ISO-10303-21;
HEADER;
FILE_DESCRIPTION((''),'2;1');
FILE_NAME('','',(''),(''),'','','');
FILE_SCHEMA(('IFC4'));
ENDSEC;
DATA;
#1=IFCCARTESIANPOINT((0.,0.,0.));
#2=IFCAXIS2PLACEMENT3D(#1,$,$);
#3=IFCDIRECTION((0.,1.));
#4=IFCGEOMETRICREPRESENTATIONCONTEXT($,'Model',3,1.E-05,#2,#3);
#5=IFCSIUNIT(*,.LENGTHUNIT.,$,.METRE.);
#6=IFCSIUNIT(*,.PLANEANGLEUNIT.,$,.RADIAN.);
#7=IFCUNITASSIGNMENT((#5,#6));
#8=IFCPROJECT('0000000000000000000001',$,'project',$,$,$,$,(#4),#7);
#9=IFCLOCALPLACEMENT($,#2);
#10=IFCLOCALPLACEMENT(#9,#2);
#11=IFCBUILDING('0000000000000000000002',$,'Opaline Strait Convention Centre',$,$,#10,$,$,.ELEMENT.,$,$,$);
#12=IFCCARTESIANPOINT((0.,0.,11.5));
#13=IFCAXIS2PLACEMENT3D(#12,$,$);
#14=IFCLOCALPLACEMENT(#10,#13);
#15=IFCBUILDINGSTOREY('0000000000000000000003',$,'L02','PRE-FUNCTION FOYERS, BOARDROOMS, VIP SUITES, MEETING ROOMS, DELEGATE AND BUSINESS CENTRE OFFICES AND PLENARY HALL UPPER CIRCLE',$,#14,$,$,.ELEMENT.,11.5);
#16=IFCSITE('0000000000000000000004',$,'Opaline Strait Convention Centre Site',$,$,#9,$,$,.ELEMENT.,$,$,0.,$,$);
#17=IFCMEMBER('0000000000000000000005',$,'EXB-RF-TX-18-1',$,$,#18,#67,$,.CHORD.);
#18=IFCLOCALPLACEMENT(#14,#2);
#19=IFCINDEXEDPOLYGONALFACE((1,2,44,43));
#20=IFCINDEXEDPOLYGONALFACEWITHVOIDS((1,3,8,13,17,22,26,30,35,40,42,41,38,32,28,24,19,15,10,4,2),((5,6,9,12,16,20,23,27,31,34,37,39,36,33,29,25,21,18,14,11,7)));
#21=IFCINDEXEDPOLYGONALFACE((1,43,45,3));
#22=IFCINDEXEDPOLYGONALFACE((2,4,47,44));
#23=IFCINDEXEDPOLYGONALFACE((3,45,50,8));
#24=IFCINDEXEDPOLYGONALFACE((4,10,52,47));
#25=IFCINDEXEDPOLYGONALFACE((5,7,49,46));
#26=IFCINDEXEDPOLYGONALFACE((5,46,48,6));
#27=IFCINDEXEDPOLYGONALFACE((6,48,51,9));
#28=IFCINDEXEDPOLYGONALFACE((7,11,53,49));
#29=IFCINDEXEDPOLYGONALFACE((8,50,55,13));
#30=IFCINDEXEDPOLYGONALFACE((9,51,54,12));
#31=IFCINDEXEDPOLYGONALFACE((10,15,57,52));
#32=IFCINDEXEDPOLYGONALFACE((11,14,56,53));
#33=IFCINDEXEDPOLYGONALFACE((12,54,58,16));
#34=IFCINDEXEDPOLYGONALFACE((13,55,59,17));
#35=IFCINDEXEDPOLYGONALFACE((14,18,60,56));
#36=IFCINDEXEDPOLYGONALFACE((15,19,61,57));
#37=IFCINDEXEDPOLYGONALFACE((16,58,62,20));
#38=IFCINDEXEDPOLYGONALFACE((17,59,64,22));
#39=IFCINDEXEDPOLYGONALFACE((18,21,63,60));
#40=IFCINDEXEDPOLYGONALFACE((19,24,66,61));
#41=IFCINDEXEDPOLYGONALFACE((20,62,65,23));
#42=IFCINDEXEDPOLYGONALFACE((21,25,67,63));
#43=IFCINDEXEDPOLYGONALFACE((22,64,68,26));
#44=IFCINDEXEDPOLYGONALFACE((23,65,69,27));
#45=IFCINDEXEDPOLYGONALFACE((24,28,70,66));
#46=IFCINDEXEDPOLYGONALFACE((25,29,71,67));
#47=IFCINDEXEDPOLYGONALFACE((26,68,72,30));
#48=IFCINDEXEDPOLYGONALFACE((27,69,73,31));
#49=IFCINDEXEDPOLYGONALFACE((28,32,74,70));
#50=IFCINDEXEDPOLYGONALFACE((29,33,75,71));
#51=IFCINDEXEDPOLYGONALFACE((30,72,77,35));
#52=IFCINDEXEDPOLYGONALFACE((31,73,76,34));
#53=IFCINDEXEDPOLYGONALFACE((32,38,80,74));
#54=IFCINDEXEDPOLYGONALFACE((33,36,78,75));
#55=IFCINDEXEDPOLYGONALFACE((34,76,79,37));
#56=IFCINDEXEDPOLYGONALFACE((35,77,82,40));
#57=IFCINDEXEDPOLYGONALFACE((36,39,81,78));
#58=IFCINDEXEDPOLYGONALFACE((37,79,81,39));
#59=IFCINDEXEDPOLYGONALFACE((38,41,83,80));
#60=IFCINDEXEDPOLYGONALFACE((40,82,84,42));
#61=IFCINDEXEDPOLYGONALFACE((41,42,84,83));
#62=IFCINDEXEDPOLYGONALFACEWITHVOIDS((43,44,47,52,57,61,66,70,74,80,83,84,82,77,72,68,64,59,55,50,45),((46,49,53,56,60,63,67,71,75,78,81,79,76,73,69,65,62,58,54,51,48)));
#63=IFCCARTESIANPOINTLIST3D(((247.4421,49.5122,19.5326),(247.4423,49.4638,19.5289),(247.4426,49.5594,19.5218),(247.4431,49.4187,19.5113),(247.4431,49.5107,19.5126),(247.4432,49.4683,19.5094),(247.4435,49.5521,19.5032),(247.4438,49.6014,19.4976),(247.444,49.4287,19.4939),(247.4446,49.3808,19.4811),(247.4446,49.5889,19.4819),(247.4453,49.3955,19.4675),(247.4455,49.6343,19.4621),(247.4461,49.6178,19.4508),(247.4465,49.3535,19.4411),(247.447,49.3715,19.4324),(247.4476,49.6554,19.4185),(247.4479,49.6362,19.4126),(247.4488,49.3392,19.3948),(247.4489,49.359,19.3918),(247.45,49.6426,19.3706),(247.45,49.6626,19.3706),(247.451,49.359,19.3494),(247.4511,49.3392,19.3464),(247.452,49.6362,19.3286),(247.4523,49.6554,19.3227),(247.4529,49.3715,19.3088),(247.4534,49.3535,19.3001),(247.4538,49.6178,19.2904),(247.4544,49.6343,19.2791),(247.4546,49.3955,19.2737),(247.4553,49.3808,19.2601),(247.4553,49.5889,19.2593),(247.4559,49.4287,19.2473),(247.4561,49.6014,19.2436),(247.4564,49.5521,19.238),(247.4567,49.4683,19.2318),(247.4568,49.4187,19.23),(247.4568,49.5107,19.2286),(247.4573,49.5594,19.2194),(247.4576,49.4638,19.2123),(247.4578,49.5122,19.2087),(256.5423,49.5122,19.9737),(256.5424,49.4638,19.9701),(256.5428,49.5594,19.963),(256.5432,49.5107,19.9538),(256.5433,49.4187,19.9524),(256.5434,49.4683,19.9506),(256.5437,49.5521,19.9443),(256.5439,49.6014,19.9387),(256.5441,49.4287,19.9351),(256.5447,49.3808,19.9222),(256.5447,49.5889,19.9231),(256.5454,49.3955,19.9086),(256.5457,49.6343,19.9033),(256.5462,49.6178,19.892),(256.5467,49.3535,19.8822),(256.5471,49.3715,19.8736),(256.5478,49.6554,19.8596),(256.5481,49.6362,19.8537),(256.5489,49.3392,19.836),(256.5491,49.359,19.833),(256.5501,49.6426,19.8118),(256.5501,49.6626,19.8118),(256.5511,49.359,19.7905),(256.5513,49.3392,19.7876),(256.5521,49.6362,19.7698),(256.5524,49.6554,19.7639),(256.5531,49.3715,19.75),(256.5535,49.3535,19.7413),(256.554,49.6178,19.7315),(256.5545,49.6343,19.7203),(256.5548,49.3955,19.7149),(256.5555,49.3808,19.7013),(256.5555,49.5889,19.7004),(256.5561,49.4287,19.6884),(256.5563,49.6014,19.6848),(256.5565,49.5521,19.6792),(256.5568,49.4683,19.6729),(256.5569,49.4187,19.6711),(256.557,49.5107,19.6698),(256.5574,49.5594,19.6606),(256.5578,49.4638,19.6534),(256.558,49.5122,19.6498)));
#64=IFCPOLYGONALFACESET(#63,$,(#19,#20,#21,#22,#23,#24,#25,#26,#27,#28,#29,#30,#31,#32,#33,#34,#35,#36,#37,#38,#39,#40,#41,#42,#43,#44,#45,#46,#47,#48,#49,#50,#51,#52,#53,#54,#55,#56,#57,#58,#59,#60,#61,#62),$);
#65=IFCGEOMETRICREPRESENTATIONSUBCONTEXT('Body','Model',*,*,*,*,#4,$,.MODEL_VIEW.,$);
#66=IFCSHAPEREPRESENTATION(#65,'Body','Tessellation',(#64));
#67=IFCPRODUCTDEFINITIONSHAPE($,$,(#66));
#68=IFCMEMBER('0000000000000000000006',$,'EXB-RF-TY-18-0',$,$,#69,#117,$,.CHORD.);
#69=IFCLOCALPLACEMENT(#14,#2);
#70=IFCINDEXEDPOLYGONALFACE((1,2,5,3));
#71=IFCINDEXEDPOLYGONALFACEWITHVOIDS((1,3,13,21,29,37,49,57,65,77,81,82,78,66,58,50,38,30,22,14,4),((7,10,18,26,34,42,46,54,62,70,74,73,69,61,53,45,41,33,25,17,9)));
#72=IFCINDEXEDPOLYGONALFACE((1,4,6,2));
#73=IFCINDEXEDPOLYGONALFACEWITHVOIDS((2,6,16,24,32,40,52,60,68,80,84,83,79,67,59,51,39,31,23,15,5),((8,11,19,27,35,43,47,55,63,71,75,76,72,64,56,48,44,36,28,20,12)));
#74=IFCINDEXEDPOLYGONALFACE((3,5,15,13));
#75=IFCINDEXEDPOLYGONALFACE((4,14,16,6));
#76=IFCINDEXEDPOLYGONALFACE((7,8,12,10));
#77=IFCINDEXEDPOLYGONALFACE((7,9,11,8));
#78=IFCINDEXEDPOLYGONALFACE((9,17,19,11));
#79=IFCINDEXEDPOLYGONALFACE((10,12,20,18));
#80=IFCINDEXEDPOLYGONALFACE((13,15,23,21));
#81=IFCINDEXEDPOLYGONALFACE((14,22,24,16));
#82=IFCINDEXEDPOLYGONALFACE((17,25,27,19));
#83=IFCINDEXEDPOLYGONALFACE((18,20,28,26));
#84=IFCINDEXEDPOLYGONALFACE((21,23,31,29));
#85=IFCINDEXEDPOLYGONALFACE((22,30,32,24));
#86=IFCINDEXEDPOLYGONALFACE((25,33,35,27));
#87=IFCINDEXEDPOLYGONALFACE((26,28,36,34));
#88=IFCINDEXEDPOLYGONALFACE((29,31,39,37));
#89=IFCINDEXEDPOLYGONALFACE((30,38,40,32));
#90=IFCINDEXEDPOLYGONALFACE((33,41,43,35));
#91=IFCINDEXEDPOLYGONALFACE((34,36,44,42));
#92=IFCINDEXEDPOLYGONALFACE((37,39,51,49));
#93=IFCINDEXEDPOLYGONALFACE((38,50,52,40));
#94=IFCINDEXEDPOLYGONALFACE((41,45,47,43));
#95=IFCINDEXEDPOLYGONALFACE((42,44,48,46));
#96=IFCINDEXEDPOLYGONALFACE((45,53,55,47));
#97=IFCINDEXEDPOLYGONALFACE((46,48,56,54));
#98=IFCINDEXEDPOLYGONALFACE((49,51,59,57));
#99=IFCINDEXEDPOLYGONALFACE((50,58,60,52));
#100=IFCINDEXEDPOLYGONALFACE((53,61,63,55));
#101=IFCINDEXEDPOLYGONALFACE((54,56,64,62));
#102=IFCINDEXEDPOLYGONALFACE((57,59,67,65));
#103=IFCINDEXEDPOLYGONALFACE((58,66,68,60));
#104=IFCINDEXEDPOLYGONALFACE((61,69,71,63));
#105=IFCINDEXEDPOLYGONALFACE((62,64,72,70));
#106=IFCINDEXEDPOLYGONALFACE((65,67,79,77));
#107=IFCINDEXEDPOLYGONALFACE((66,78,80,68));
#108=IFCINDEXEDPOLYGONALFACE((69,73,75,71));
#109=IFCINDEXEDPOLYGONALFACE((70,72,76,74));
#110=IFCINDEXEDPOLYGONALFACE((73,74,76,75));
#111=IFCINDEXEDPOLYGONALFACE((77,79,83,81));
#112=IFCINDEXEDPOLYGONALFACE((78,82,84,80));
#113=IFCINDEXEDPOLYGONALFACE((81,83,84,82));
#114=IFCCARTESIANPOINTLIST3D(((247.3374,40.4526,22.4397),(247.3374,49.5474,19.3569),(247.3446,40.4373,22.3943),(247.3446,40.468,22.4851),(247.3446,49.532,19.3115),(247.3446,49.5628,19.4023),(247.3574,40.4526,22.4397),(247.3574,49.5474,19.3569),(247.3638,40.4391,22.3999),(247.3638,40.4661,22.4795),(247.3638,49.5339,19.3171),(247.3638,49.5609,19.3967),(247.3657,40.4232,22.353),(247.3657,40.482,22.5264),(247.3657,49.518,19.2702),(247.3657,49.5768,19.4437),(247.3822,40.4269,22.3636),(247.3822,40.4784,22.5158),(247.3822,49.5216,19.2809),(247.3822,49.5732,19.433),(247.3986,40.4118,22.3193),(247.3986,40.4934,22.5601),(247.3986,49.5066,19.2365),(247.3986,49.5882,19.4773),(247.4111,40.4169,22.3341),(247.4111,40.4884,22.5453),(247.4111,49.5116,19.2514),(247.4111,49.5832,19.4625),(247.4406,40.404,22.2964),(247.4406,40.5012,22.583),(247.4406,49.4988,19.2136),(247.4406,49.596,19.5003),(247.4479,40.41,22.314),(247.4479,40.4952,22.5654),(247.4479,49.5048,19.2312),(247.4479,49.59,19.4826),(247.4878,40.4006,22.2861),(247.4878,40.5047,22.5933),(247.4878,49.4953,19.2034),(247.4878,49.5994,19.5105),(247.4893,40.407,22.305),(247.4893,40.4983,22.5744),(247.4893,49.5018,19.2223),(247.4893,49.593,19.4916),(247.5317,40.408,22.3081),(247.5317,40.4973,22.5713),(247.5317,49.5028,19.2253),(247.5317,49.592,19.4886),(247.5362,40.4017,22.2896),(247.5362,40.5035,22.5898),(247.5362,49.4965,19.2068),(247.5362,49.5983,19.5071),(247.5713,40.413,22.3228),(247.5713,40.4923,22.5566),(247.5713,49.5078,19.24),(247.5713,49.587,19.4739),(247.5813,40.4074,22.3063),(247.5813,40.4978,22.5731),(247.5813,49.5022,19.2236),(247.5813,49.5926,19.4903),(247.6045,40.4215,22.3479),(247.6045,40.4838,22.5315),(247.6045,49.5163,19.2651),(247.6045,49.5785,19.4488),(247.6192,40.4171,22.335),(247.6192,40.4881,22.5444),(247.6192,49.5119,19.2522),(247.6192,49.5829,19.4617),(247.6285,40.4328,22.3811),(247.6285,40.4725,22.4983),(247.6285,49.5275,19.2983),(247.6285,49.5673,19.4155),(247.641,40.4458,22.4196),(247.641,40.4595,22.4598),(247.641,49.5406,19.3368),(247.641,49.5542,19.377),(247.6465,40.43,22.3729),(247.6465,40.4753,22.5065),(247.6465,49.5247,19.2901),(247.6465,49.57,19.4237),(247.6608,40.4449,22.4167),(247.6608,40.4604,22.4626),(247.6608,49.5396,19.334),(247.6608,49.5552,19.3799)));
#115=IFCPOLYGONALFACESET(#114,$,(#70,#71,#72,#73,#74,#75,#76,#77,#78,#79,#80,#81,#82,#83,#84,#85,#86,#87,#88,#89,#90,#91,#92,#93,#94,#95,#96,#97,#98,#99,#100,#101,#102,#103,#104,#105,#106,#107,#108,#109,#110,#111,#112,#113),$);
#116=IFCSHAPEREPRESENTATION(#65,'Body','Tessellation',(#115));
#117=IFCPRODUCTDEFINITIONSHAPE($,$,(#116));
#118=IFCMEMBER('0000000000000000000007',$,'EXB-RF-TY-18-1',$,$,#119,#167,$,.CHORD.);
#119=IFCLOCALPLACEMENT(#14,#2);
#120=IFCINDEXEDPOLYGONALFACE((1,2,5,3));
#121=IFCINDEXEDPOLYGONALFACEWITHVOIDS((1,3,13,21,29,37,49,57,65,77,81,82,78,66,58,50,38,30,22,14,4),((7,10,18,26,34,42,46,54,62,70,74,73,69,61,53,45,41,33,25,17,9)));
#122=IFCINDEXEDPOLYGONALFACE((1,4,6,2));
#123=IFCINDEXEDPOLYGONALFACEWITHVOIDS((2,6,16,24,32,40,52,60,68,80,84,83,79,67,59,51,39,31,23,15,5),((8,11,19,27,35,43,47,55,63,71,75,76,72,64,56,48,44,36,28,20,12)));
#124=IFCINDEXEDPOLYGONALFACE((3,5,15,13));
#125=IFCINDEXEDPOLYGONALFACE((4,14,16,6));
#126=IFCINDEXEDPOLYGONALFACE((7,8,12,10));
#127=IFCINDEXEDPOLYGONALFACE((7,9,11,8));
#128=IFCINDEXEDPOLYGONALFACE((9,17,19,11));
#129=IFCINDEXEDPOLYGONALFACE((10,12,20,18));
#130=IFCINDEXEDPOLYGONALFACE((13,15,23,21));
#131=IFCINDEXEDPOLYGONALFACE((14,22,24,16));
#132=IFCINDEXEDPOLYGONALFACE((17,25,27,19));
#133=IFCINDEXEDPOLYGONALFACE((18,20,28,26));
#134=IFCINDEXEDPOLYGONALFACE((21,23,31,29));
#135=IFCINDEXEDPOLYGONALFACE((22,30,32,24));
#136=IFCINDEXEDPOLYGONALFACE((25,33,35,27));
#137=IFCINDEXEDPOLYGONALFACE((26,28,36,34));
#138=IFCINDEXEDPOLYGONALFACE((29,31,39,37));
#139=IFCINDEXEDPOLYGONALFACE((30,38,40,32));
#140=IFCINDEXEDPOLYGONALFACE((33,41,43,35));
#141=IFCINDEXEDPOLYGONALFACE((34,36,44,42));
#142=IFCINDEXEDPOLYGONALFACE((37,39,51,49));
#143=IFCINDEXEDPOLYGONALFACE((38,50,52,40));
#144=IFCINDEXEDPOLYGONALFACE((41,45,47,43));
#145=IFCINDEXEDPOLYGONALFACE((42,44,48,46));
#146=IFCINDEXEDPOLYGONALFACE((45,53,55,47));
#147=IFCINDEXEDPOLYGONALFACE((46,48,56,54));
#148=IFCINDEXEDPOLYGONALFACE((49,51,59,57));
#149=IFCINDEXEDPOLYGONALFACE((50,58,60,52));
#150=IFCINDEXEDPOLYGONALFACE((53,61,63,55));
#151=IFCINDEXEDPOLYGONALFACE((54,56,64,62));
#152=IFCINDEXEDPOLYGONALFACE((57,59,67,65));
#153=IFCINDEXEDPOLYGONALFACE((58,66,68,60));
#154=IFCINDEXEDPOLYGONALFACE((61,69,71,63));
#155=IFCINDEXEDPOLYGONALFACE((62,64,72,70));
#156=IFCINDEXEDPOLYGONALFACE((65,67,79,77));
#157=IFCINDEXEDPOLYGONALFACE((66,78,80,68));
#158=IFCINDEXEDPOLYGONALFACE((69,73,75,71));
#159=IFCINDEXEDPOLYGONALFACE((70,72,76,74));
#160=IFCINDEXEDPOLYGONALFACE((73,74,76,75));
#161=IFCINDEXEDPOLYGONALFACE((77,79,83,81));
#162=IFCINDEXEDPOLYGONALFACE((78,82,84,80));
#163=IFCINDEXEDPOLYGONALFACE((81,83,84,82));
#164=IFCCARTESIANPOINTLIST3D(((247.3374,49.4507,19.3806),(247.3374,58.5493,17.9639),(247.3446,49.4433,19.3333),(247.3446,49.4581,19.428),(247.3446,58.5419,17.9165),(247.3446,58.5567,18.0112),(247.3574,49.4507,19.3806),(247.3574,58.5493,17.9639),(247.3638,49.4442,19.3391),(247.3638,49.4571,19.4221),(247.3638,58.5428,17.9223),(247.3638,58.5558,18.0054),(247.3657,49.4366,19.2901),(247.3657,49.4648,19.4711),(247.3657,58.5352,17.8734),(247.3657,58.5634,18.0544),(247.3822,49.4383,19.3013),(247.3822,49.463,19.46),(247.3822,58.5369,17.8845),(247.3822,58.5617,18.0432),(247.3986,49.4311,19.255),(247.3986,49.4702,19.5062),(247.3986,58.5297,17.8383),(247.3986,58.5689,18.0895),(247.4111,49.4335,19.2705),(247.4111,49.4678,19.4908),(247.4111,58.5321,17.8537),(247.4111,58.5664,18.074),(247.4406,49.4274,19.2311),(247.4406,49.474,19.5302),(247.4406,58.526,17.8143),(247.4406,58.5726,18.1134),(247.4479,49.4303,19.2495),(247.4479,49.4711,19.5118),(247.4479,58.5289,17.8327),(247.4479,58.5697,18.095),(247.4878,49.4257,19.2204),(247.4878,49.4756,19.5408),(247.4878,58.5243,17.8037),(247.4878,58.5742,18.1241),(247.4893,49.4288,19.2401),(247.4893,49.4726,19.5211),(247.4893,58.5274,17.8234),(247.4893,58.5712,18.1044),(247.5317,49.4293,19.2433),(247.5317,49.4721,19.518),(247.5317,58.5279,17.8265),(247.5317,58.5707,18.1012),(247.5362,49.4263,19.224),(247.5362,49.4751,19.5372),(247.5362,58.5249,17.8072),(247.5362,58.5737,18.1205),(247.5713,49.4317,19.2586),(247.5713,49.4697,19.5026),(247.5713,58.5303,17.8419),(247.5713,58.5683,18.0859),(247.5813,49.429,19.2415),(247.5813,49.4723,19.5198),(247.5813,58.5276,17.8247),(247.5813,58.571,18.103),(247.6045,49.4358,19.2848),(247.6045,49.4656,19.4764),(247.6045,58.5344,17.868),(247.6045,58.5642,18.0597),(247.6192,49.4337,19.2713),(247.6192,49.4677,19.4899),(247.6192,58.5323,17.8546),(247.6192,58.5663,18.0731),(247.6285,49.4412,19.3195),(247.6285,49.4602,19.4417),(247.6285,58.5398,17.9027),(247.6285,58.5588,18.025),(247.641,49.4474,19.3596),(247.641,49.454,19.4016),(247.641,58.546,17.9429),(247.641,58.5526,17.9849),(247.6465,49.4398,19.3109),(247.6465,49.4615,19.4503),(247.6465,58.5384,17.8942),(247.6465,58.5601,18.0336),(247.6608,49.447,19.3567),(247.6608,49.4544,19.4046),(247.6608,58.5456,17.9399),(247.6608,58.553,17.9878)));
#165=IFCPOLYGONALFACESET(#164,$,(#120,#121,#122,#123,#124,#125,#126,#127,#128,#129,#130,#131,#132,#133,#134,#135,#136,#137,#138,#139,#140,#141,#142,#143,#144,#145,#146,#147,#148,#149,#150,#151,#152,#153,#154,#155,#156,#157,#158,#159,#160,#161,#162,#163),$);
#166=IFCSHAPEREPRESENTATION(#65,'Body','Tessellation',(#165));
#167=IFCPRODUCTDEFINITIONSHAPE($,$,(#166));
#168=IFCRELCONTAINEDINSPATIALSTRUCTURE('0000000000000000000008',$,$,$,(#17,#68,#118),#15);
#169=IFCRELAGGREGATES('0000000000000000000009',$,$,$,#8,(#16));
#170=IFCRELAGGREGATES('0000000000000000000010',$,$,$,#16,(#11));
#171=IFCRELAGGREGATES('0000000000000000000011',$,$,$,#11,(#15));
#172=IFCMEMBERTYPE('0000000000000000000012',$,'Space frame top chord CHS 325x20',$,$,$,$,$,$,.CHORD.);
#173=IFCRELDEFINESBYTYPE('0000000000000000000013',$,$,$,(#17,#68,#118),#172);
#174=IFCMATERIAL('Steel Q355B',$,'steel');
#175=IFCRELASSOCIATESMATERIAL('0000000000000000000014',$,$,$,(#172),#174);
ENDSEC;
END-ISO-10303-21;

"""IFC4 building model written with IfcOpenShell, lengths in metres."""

from ifc_helpers import new_model, si_unit, direction, frame, origin, origin_2d, place, context, subcontext, project, spatial, hollow_circle, extrude, material, material_profile, profile_set, type_object, element, save


model = new_model("IFC4")

# Units and contexts
model_context = context("Model", 3, precision=1e-05, world=origin(), true_north=direction((0.0, 1.0)))
body_context = subcontext(model_context, "Body", "Model", "MODEL_VIEW")
ifc_project = project(units=[si_unit("LENGTHUNIT", "METRE"), si_unit("PLANEANGLEUNIT", "RADIAN")], contexts=[model_context])

# Site, building, storey
site_placement = place(None, origin())
site = spatial("IfcSite", under=ifc_project, at=site_placement, Name="Opaline Strait Convention Centre Site", CompositionType="ELEMENT", RefElevation=0.0)
building_placement = place(site_placement, origin())
building = spatial("IfcBuilding", under=site, at=building_placement, Name="Opaline Strait Convention Centre", CompositionType="ELEMENT")
storey_placement = place(building_placement, frame((0.0, 0.0, 11.5)))
storey = spatial("IfcBuildingStorey", under=building, at=storey_placement, Name="L02", Description="PRE-FUNCTION FOYERS, BOARDROOMS, VIP SUITES, MEETING ROOMS, DELEGATE AND BUSINESS CENTRE OFFICES AND PLENARY HALL UPPER CIRCLE", CompositionType="ELEMENT", Elevation=11.5)

# Members
ifc_material_1 = material(Name="Steel Q355B", Category="steel")
ifc_material_profile_1 = material_profile(ifc_material_1, hollow_circle(Radius=0.1626, WallThickness=0.02, at=origin_2d()), Name="CHS 325x20")
ifc_profile_set_1 = profile_set([ifc_material_profile_1], Name="Steel Q355B")
member_type_1 = type_object("IfcMemberType", Name="Space frame top chord CHS 325x20", PredefinedType="CHORD", material=ifc_profile_set_1)
member_1_placement = place(storey_placement, frame((247.45, 49.5, 19.3706), z_axis=(0.998827, 0.0, 0.048422), x_axis=(0.0, 1.0, 0.0)))
element("IfcMember", 1, at=member_1_placement, inside=storey, type_object=member_type_1, Name="EXB-RF-TX-18-1", PredefinedType="CHORD", context=body_context, shape_type="SweptSolid", body=[
    extrude(hollow_circle(Radius=0.1626, WallThickness=0.02, at=origin_2d()), origin(), (0.0, 0.0, 1.0), 9.1108),
])
member_2_placement = place(storey_placement, frame((247.5, 40.4526, 22.4397), z_axis=(0.0, 0.947072, -0.321021), x_axis=(-1.0, 0.0, 0.0)))
element("IfcMember", 2, at=member_2_placement, inside=storey, type_object=member_type_1, Name="EXB-RF-TY-18-0", PredefinedType="CHORD", context=body_context, shape_type="SweptSolid", body=[
    extrude(hollow_circle(Radius=0.1626, WallThickness=0.02, at=origin_2d()), origin(), (0.0, 0.0, 1.0), 9.603),
])
member_3_placement = place(storey_placement, frame((247.5, 49.4507, 19.3806), z_axis=(0.0, 0.988093, -0.153856), x_axis=(-1.0, 0.0, 0.0)))
element("IfcMember", 3, at=member_3_placement, inside=storey, type_object=member_type_1, Name="EXB-RF-TY-18-1", PredefinedType="CHORD", context=body_context, shape_type="SweptSolid", body=[
    extrude(hollow_circle(Radius=0.1626, WallThickness=0.02, at=origin_2d()), origin(), (0.0, 0.0, 1.0), 9.2083),
])

save(model, "model.ifc")
